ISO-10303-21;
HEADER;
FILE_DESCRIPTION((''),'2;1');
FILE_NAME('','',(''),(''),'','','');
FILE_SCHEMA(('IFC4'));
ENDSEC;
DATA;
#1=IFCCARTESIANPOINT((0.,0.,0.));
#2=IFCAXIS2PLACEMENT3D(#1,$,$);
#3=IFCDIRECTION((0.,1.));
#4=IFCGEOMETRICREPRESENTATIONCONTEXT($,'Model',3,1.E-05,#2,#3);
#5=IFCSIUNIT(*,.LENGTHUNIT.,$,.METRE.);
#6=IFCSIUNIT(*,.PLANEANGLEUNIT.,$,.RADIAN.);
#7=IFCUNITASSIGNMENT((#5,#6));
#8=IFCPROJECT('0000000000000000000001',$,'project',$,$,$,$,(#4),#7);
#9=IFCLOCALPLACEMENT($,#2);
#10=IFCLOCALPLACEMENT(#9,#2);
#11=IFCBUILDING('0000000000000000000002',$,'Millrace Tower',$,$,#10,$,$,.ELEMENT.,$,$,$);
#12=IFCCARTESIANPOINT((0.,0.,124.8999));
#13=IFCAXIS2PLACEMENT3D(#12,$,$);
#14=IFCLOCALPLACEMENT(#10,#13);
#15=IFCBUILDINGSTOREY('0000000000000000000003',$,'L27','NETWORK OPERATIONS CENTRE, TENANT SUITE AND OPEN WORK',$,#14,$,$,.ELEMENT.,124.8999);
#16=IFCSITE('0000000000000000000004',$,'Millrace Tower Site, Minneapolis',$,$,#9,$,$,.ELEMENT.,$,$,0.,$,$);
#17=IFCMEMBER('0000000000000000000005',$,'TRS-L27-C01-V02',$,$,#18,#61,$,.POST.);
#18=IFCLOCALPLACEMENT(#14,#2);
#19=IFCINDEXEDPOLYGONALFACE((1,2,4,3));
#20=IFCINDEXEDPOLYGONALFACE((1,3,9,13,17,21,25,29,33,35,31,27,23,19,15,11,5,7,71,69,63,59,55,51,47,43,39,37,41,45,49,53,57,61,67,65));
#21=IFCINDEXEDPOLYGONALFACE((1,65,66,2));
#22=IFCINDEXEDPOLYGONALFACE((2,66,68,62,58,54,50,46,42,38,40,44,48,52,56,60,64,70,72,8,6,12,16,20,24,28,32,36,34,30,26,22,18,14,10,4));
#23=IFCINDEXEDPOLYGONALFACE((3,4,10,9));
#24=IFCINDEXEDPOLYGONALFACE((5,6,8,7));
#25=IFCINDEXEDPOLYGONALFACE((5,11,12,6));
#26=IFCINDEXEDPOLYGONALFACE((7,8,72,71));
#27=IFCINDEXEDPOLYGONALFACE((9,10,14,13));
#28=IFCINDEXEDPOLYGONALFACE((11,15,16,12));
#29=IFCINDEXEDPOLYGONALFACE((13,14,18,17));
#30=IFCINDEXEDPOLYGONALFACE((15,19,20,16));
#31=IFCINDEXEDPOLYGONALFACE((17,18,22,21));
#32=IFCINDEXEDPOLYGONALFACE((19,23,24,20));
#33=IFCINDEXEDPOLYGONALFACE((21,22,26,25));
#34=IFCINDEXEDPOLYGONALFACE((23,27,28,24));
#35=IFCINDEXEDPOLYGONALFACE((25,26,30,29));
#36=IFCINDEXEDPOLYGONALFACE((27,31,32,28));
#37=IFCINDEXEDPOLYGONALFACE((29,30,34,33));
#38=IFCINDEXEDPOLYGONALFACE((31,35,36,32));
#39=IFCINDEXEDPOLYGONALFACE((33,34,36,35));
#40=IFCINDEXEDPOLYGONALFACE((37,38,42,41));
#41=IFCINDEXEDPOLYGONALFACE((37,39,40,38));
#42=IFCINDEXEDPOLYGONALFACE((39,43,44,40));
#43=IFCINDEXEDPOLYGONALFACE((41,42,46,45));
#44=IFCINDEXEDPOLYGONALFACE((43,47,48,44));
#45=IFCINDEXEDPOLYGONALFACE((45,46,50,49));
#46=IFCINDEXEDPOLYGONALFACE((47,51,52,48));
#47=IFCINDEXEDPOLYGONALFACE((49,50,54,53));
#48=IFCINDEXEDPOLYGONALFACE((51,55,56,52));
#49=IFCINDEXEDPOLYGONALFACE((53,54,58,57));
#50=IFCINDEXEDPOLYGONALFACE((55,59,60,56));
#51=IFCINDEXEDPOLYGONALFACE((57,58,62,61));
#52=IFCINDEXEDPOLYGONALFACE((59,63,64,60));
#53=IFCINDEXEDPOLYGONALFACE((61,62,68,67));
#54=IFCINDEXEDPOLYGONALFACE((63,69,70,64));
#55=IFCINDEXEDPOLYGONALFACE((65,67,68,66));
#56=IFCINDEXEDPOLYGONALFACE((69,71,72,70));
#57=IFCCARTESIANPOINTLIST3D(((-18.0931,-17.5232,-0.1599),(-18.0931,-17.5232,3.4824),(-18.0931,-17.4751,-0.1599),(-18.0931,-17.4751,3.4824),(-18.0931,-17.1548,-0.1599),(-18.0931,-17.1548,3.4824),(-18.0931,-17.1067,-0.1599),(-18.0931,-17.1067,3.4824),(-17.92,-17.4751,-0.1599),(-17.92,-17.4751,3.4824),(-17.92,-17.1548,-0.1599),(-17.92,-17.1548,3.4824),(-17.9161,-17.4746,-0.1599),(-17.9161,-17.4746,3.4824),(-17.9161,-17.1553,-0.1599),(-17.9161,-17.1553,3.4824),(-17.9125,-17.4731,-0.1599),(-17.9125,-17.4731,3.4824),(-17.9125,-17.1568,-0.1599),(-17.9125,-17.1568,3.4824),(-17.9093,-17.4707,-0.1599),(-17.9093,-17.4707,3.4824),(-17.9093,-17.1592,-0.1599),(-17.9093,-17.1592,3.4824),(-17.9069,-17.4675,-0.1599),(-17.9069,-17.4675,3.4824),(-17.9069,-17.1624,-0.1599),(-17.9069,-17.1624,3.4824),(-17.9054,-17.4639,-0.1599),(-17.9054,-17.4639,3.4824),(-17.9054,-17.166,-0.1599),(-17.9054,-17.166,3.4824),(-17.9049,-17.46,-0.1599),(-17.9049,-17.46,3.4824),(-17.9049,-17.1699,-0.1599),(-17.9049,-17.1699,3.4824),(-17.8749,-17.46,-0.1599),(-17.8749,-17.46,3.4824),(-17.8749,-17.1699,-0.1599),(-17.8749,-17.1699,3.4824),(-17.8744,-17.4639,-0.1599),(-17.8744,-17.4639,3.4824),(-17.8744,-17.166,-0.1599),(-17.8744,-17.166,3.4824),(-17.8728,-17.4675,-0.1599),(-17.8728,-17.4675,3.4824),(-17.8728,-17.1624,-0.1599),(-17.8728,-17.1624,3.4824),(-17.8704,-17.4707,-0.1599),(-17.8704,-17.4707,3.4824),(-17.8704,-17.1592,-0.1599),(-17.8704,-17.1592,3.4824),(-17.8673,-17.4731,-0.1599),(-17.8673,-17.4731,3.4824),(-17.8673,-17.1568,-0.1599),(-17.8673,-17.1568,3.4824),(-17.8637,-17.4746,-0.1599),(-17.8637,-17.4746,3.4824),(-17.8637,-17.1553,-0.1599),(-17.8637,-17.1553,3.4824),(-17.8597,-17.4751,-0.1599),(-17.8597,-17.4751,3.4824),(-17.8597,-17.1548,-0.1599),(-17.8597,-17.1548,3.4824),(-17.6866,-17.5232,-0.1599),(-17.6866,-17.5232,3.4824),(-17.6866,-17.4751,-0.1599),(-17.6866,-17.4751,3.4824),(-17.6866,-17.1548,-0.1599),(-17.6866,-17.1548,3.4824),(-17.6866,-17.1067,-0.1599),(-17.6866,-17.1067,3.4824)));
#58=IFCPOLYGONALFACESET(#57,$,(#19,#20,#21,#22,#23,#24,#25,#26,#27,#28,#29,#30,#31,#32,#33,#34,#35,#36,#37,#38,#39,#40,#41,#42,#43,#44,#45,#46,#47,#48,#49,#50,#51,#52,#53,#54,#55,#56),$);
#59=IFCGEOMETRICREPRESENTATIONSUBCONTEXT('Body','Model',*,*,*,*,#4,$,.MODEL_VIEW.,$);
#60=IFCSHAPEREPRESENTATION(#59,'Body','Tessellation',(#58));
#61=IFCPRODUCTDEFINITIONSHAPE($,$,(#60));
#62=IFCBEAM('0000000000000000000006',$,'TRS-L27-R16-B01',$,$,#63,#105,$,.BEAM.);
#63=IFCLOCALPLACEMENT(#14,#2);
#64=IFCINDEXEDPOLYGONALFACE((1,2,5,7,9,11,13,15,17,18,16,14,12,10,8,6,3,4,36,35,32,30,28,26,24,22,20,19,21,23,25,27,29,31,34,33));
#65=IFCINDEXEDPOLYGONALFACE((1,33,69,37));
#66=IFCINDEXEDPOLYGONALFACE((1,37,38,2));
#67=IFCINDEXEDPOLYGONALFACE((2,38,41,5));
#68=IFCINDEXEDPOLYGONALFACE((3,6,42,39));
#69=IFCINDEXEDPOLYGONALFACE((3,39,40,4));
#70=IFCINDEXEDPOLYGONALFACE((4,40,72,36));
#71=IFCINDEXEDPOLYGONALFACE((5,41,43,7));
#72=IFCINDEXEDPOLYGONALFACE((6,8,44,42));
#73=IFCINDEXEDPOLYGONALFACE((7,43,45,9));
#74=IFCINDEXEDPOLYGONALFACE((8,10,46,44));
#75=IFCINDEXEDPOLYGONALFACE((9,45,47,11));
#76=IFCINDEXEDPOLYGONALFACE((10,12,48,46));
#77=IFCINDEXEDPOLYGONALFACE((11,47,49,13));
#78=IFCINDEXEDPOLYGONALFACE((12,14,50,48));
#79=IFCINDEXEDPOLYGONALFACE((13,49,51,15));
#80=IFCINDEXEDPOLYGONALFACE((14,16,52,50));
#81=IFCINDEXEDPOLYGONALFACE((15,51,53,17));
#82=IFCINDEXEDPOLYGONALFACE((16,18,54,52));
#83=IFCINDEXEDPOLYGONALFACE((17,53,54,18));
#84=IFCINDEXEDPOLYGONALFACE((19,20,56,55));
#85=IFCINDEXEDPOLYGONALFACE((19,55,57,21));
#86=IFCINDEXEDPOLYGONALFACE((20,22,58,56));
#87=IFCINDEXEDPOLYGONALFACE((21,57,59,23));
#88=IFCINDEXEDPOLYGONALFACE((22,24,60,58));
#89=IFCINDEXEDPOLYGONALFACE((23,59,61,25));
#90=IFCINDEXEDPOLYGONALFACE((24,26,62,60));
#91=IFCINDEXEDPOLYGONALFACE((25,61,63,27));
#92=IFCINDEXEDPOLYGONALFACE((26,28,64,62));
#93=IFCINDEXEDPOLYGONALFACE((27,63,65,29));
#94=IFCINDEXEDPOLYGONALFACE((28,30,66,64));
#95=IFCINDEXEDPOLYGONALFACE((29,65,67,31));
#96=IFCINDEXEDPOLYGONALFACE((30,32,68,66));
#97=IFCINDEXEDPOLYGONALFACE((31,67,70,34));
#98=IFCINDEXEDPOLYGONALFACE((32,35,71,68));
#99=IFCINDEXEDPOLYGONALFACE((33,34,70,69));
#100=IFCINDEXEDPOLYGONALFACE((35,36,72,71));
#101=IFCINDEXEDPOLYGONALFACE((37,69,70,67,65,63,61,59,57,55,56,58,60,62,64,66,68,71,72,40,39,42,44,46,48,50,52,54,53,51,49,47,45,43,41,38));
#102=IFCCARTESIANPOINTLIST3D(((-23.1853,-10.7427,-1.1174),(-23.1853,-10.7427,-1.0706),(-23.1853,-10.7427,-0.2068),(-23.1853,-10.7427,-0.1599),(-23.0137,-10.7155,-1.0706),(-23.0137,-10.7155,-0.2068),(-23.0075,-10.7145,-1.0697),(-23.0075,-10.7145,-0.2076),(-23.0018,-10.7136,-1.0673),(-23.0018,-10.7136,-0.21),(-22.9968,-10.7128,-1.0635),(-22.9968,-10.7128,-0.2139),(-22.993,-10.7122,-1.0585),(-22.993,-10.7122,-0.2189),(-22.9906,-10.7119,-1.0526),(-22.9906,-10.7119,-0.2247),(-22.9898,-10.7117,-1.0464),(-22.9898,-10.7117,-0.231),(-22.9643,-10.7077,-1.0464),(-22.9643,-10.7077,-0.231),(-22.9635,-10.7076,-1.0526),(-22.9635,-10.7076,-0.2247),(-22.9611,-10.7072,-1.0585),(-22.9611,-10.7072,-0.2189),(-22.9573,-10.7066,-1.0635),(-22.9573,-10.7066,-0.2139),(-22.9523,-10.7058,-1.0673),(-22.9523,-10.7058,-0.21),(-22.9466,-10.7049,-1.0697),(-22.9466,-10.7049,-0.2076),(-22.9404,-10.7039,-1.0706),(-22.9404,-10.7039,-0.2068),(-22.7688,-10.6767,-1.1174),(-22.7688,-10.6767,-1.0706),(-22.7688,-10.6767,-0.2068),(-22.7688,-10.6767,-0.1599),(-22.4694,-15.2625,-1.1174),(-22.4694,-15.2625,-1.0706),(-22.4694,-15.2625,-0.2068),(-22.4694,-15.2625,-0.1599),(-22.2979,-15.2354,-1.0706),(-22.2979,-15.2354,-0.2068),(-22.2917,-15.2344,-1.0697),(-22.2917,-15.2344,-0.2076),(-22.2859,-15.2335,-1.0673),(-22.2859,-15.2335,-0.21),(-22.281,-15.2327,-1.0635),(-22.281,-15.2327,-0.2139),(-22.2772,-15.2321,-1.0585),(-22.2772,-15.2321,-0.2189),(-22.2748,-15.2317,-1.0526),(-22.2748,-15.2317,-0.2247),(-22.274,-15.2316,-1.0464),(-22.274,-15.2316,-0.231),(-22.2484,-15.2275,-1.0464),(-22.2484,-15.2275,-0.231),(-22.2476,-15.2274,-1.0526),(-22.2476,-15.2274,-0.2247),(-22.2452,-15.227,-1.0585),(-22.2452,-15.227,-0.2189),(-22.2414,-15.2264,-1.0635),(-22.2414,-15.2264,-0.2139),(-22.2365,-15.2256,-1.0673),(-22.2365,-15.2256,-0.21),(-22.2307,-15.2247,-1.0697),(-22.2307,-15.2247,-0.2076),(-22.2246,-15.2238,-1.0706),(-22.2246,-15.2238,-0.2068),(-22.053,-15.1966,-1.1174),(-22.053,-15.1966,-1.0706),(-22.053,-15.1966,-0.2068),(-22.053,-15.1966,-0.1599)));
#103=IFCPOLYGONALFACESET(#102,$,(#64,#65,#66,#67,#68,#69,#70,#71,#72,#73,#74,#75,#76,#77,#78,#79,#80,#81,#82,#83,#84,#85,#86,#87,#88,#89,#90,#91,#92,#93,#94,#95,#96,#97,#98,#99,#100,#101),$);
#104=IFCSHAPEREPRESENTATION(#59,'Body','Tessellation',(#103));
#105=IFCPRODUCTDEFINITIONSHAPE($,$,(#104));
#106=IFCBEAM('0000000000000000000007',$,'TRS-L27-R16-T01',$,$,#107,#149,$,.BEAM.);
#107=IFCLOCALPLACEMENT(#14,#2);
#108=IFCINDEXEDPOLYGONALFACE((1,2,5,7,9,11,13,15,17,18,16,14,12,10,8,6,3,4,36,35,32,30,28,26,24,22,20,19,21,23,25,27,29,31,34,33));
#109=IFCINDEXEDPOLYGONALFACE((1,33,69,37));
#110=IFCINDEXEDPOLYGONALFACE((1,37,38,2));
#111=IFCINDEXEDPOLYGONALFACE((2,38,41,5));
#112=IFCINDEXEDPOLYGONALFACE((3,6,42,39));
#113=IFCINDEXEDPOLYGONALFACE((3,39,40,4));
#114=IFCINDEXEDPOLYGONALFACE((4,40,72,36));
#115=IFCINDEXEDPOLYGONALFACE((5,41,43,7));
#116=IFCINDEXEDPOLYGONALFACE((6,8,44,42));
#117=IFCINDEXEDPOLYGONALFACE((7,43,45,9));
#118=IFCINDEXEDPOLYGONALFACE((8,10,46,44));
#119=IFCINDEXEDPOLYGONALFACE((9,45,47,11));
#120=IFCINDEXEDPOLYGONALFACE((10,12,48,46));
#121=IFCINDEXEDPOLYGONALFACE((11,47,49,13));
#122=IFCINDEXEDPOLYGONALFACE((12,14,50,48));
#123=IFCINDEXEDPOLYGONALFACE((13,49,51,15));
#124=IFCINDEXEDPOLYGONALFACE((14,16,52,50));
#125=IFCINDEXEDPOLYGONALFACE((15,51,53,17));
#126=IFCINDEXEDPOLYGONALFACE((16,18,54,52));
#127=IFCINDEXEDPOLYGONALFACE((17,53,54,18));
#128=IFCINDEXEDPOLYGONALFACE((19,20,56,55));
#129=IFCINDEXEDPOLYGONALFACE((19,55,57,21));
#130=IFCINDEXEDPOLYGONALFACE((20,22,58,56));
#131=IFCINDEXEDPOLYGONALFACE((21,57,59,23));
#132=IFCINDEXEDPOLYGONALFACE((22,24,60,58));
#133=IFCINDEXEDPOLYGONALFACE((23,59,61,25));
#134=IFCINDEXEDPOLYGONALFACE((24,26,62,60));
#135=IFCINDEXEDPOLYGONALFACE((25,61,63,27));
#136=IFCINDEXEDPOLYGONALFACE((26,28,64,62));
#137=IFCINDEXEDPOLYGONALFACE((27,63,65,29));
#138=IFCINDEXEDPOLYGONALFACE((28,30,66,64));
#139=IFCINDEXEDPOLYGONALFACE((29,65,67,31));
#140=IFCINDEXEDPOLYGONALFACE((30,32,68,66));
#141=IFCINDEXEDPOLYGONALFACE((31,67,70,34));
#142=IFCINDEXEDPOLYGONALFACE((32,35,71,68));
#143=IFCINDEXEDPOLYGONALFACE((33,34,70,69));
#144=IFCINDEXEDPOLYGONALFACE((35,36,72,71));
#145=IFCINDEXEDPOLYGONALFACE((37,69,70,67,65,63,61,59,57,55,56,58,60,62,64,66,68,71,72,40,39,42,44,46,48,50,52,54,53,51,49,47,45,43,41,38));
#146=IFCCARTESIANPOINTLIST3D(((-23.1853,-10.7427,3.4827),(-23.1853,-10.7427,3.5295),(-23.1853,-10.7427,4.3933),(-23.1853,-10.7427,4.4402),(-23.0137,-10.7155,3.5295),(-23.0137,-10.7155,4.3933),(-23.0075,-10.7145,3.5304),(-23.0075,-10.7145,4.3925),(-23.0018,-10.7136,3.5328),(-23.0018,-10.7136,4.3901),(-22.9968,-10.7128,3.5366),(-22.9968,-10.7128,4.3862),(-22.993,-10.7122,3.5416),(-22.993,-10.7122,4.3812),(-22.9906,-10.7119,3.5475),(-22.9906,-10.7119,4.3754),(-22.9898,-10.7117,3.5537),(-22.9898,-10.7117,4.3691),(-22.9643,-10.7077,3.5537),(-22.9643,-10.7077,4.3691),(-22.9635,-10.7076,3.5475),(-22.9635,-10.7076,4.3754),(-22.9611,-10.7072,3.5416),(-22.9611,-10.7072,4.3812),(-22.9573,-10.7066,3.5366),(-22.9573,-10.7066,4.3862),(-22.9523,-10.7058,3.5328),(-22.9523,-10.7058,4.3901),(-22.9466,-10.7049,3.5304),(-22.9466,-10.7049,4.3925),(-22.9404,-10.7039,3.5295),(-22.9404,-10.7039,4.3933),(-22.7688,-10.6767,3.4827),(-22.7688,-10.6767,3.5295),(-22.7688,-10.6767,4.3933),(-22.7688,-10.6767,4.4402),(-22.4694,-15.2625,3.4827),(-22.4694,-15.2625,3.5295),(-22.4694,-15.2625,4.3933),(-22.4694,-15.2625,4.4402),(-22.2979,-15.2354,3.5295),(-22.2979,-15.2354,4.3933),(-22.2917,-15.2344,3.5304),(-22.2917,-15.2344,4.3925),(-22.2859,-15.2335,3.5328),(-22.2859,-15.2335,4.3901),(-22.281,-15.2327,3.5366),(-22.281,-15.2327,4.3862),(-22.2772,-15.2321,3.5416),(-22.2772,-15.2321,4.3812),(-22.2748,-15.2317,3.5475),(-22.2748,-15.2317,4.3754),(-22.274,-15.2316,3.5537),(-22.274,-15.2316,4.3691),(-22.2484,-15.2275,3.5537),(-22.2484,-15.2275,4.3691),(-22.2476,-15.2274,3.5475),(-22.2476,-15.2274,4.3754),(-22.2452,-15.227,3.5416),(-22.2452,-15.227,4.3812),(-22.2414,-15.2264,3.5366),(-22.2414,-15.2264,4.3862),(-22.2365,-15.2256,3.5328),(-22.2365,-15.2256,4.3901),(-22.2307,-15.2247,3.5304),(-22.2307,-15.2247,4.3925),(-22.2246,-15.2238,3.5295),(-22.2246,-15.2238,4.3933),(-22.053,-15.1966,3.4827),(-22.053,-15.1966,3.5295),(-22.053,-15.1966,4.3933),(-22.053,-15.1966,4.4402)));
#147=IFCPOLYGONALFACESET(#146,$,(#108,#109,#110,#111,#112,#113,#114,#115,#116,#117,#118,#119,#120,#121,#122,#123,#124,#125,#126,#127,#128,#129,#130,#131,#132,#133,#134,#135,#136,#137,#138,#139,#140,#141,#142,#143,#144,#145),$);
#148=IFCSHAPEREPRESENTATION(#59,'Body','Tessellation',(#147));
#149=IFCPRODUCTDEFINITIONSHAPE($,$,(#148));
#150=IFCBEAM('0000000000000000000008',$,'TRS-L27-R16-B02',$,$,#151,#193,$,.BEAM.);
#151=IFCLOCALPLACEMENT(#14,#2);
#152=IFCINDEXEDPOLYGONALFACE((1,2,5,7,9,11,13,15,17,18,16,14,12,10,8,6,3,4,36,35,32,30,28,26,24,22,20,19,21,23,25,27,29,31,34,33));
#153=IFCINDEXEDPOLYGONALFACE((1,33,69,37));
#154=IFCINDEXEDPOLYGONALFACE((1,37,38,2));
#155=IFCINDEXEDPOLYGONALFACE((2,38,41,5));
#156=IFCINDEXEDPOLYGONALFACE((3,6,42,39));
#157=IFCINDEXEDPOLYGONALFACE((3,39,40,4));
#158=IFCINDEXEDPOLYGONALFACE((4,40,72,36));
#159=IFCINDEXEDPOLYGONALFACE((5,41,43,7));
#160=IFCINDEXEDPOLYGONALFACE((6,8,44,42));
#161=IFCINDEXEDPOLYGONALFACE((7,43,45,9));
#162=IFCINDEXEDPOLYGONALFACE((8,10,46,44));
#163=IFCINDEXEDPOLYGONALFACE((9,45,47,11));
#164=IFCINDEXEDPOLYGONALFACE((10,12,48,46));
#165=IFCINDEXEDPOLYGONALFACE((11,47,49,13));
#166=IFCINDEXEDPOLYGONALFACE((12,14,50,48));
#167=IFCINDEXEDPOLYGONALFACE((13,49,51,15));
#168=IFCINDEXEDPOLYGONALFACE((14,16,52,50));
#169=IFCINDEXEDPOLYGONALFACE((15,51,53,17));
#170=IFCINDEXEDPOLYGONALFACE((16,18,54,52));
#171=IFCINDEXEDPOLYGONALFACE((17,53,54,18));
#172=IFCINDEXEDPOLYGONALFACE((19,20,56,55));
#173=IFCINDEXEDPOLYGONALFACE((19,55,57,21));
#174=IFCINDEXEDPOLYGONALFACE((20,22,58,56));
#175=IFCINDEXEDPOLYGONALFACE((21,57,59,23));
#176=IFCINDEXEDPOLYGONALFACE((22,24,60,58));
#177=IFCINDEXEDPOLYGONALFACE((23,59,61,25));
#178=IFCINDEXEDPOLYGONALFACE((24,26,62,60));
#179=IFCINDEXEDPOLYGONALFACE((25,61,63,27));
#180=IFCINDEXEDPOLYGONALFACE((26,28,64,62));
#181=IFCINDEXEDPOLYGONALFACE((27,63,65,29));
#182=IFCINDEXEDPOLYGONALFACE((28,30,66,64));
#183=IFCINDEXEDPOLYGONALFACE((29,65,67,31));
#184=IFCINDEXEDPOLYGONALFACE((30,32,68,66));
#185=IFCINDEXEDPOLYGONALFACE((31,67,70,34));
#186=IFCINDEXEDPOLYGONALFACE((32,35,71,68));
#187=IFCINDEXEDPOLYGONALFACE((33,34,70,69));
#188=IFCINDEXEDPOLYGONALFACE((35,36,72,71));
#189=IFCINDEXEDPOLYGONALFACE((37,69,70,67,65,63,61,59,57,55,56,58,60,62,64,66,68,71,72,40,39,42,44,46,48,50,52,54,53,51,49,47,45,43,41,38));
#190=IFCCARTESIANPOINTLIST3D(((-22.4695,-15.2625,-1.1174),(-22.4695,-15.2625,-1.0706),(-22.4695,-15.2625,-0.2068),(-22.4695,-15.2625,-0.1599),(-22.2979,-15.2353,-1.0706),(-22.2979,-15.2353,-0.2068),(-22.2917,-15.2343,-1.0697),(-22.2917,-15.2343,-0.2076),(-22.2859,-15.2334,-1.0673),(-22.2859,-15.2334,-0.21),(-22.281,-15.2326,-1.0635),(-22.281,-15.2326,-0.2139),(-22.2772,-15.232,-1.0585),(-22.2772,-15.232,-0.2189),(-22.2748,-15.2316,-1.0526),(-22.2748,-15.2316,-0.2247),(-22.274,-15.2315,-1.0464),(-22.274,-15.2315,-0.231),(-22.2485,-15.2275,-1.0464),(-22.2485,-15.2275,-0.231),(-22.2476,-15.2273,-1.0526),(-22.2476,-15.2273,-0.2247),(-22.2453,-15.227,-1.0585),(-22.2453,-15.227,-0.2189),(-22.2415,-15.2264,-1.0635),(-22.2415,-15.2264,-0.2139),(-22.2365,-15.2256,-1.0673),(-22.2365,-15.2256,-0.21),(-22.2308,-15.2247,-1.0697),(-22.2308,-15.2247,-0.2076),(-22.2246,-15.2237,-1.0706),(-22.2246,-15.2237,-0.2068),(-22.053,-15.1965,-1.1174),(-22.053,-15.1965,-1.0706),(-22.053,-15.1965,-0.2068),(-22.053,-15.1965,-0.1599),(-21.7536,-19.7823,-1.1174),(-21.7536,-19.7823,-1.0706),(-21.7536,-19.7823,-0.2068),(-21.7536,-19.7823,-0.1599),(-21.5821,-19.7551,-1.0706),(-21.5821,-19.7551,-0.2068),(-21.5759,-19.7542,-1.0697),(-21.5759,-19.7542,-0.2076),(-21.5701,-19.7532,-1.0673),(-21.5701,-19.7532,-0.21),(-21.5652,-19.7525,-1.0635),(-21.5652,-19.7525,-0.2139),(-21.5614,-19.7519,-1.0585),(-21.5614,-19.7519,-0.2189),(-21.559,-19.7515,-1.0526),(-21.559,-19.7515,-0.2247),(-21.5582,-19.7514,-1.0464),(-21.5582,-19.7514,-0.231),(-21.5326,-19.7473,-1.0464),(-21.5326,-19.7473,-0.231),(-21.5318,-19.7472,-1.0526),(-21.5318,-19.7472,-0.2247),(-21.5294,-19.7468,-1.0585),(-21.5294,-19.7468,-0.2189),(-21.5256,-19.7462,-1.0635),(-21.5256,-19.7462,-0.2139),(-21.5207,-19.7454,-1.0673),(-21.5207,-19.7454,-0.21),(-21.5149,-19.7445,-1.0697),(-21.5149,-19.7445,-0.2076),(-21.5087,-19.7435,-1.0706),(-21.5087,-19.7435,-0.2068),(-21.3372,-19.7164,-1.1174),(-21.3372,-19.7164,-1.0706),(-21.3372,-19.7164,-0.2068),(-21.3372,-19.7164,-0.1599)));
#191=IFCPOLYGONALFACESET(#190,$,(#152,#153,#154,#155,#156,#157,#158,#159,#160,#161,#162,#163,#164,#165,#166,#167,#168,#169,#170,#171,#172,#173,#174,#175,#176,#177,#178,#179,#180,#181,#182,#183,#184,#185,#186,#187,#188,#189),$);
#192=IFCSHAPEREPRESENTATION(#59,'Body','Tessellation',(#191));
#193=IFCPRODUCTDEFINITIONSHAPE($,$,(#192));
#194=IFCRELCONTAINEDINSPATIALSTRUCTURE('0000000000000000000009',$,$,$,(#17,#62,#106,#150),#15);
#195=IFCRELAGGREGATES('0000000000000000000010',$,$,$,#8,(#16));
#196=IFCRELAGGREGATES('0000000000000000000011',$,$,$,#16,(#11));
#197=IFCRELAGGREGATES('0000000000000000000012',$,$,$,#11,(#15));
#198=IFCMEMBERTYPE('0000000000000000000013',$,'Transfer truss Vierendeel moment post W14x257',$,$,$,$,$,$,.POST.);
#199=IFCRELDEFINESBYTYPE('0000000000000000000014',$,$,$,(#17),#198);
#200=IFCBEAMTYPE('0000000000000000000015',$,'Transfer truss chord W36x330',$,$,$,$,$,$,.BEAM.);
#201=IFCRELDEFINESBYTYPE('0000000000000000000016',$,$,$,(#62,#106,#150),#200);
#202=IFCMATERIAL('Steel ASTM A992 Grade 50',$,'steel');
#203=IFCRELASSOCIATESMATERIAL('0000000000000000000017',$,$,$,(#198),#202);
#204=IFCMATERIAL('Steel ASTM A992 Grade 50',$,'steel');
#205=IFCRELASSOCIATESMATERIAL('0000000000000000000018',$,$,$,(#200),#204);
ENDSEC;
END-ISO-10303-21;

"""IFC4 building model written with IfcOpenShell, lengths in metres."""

from ifc_helpers import new_model, si_unit, direction, frame, origin, origin_2d, place, context, subcontext, project, spatial, i_section, extrude, material, material_profile, profile_set, type_object, element, save


model = new_model("IFC4")

# Units and contexts
model_context = context("Model", 3, precision=1e-05, world=origin(), true_north=direction((0.0, 1.0)))
body_context = subcontext(model_context, "Body", "Model", "MODEL_VIEW")
ifc_project = project(units=[si_unit("LENGTHUNIT", "METRE"), si_unit("PLANEANGLEUNIT", "RADIAN")], contexts=[model_context])

# Site, building, storey
site_placement = place(None, origin())
site = spatial("IfcSite", under=ifc_project, at=site_placement, Name="Millrace Tower Site, Minneapolis", CompositionType="ELEMENT", RefElevation=0.0)
building_placement = place(site_placement, origin())
building = spatial("IfcBuilding", under=site, at=building_placement, Name="Millrace Tower", CompositionType="ELEMENT")
storey_placement = place(building_placement, frame((0.0, 0.0, 124.8999)))
storey = spatial("IfcBuildingStorey", under=building, at=storey_placement, Name="L27", Description="NETWORK OPERATIONS CENTRE, TENANT SUITE AND OPEN WORK", CompositionType="ELEMENT", Elevation=124.8999)

# Member
ifc_material_1 = material(Name="Steel ASTM A992 Grade 50", Category="steel")
ifc_material_profile_1 = material_profile(ifc_material_1, i_section(OverallWidth=0.4065, OverallDepth=0.4165, WebThickness=0.03, FlangeThickness=0.0481, FilletRadius=0.0151, at=origin_2d()))
ifc_profile_set_1 = profile_set([ifc_material_profile_1], Name="Steel ASTM A992 Grade 50")
member_type_1 = type_object("IfcMemberType", Name="Transfer truss Vierendeel moment post W14x257", PredefinedType="POST", material=ifc_profile_set_1)
member_1_placement = place(storey_placement, frame((-17.8899, -17.3149, -0.1599), z_axis=(0.0, 0.0, 1.0), x_axis=(1.0, 0.0, 0.0)))
element("IfcMember", 1, at=member_1_placement, inside=storey, type_object=member_type_1, Name="TRS-L27-C01-V02", PredefinedType="POST", context=body_context, shape_type="SweptSolid", body=[
    extrude(i_section(OverallWidth=0.4065, OverallDepth=0.4165, WebThickness=0.03, FlangeThickness=0.0481, FilletRadius=0.0151, at=origin_2d()), origin(), (0.0, 0.0, 1.0), 3.6423),
])

# Beams
ifc_material_2 = material(Name="Steel ASTM A992 Grade 50", Category="steel")
ifc_material_profile_2 = material_profile(ifc_material_2, i_section(OverallWidth=0.4216, OverallDepth=0.9575, WebThickness=0.0259, FlangeThickness=0.0469, FilletRadius=0.0242, at=origin_2d()))
ifc_profile_set_2 = profile_set([ifc_material_profile_2], Name="Steel ASTM A992 Grade 50")
beam_type_1 = type_object("IfcBeamType", Name="Transfer truss chord W36x330", PredefinedType="BEAM", material=ifc_profile_set_2)
for number, where, z_axis, x_axis, name in (
    (2, (-22.9771, -10.7097, -0.6387), (0.156426, -0.98769, 0.0), (0.98769, 0.156426, 0.0), "TRS-L27-R16-B01"),
    (3, (-22.9771, -10.7097, 3.9614), (0.156426, -0.98769, 0.0), (0.98769, 0.156426, 0.0), "TRS-L27-R16-T01"),
    (4, (-22.2612, -15.2295, -0.6387), (0.156426, -0.98769, 0.0), (0.98769, 0.156426, 0.0), "TRS-L27-R16-B02"),
):
    element("IfcBeam", number, at=place(storey_placement, frame(where, z_axis=z_axis, x_axis=x_axis)), inside=storey, type_object=beam_type_1, Name=name, PredefinedType="BEAM", context=body_context, shape_type="SweptSolid", body=[
        extrude(i_section(OverallWidth=0.4216, OverallDepth=0.9575, WebThickness=0.0259, FlangeThickness=0.0469, FilletRadius=0.0242, at=origin_2d()), origin(), (0.0, 0.0, 1.0), 4.5762),
    ])

save(model, "model.ifc")
